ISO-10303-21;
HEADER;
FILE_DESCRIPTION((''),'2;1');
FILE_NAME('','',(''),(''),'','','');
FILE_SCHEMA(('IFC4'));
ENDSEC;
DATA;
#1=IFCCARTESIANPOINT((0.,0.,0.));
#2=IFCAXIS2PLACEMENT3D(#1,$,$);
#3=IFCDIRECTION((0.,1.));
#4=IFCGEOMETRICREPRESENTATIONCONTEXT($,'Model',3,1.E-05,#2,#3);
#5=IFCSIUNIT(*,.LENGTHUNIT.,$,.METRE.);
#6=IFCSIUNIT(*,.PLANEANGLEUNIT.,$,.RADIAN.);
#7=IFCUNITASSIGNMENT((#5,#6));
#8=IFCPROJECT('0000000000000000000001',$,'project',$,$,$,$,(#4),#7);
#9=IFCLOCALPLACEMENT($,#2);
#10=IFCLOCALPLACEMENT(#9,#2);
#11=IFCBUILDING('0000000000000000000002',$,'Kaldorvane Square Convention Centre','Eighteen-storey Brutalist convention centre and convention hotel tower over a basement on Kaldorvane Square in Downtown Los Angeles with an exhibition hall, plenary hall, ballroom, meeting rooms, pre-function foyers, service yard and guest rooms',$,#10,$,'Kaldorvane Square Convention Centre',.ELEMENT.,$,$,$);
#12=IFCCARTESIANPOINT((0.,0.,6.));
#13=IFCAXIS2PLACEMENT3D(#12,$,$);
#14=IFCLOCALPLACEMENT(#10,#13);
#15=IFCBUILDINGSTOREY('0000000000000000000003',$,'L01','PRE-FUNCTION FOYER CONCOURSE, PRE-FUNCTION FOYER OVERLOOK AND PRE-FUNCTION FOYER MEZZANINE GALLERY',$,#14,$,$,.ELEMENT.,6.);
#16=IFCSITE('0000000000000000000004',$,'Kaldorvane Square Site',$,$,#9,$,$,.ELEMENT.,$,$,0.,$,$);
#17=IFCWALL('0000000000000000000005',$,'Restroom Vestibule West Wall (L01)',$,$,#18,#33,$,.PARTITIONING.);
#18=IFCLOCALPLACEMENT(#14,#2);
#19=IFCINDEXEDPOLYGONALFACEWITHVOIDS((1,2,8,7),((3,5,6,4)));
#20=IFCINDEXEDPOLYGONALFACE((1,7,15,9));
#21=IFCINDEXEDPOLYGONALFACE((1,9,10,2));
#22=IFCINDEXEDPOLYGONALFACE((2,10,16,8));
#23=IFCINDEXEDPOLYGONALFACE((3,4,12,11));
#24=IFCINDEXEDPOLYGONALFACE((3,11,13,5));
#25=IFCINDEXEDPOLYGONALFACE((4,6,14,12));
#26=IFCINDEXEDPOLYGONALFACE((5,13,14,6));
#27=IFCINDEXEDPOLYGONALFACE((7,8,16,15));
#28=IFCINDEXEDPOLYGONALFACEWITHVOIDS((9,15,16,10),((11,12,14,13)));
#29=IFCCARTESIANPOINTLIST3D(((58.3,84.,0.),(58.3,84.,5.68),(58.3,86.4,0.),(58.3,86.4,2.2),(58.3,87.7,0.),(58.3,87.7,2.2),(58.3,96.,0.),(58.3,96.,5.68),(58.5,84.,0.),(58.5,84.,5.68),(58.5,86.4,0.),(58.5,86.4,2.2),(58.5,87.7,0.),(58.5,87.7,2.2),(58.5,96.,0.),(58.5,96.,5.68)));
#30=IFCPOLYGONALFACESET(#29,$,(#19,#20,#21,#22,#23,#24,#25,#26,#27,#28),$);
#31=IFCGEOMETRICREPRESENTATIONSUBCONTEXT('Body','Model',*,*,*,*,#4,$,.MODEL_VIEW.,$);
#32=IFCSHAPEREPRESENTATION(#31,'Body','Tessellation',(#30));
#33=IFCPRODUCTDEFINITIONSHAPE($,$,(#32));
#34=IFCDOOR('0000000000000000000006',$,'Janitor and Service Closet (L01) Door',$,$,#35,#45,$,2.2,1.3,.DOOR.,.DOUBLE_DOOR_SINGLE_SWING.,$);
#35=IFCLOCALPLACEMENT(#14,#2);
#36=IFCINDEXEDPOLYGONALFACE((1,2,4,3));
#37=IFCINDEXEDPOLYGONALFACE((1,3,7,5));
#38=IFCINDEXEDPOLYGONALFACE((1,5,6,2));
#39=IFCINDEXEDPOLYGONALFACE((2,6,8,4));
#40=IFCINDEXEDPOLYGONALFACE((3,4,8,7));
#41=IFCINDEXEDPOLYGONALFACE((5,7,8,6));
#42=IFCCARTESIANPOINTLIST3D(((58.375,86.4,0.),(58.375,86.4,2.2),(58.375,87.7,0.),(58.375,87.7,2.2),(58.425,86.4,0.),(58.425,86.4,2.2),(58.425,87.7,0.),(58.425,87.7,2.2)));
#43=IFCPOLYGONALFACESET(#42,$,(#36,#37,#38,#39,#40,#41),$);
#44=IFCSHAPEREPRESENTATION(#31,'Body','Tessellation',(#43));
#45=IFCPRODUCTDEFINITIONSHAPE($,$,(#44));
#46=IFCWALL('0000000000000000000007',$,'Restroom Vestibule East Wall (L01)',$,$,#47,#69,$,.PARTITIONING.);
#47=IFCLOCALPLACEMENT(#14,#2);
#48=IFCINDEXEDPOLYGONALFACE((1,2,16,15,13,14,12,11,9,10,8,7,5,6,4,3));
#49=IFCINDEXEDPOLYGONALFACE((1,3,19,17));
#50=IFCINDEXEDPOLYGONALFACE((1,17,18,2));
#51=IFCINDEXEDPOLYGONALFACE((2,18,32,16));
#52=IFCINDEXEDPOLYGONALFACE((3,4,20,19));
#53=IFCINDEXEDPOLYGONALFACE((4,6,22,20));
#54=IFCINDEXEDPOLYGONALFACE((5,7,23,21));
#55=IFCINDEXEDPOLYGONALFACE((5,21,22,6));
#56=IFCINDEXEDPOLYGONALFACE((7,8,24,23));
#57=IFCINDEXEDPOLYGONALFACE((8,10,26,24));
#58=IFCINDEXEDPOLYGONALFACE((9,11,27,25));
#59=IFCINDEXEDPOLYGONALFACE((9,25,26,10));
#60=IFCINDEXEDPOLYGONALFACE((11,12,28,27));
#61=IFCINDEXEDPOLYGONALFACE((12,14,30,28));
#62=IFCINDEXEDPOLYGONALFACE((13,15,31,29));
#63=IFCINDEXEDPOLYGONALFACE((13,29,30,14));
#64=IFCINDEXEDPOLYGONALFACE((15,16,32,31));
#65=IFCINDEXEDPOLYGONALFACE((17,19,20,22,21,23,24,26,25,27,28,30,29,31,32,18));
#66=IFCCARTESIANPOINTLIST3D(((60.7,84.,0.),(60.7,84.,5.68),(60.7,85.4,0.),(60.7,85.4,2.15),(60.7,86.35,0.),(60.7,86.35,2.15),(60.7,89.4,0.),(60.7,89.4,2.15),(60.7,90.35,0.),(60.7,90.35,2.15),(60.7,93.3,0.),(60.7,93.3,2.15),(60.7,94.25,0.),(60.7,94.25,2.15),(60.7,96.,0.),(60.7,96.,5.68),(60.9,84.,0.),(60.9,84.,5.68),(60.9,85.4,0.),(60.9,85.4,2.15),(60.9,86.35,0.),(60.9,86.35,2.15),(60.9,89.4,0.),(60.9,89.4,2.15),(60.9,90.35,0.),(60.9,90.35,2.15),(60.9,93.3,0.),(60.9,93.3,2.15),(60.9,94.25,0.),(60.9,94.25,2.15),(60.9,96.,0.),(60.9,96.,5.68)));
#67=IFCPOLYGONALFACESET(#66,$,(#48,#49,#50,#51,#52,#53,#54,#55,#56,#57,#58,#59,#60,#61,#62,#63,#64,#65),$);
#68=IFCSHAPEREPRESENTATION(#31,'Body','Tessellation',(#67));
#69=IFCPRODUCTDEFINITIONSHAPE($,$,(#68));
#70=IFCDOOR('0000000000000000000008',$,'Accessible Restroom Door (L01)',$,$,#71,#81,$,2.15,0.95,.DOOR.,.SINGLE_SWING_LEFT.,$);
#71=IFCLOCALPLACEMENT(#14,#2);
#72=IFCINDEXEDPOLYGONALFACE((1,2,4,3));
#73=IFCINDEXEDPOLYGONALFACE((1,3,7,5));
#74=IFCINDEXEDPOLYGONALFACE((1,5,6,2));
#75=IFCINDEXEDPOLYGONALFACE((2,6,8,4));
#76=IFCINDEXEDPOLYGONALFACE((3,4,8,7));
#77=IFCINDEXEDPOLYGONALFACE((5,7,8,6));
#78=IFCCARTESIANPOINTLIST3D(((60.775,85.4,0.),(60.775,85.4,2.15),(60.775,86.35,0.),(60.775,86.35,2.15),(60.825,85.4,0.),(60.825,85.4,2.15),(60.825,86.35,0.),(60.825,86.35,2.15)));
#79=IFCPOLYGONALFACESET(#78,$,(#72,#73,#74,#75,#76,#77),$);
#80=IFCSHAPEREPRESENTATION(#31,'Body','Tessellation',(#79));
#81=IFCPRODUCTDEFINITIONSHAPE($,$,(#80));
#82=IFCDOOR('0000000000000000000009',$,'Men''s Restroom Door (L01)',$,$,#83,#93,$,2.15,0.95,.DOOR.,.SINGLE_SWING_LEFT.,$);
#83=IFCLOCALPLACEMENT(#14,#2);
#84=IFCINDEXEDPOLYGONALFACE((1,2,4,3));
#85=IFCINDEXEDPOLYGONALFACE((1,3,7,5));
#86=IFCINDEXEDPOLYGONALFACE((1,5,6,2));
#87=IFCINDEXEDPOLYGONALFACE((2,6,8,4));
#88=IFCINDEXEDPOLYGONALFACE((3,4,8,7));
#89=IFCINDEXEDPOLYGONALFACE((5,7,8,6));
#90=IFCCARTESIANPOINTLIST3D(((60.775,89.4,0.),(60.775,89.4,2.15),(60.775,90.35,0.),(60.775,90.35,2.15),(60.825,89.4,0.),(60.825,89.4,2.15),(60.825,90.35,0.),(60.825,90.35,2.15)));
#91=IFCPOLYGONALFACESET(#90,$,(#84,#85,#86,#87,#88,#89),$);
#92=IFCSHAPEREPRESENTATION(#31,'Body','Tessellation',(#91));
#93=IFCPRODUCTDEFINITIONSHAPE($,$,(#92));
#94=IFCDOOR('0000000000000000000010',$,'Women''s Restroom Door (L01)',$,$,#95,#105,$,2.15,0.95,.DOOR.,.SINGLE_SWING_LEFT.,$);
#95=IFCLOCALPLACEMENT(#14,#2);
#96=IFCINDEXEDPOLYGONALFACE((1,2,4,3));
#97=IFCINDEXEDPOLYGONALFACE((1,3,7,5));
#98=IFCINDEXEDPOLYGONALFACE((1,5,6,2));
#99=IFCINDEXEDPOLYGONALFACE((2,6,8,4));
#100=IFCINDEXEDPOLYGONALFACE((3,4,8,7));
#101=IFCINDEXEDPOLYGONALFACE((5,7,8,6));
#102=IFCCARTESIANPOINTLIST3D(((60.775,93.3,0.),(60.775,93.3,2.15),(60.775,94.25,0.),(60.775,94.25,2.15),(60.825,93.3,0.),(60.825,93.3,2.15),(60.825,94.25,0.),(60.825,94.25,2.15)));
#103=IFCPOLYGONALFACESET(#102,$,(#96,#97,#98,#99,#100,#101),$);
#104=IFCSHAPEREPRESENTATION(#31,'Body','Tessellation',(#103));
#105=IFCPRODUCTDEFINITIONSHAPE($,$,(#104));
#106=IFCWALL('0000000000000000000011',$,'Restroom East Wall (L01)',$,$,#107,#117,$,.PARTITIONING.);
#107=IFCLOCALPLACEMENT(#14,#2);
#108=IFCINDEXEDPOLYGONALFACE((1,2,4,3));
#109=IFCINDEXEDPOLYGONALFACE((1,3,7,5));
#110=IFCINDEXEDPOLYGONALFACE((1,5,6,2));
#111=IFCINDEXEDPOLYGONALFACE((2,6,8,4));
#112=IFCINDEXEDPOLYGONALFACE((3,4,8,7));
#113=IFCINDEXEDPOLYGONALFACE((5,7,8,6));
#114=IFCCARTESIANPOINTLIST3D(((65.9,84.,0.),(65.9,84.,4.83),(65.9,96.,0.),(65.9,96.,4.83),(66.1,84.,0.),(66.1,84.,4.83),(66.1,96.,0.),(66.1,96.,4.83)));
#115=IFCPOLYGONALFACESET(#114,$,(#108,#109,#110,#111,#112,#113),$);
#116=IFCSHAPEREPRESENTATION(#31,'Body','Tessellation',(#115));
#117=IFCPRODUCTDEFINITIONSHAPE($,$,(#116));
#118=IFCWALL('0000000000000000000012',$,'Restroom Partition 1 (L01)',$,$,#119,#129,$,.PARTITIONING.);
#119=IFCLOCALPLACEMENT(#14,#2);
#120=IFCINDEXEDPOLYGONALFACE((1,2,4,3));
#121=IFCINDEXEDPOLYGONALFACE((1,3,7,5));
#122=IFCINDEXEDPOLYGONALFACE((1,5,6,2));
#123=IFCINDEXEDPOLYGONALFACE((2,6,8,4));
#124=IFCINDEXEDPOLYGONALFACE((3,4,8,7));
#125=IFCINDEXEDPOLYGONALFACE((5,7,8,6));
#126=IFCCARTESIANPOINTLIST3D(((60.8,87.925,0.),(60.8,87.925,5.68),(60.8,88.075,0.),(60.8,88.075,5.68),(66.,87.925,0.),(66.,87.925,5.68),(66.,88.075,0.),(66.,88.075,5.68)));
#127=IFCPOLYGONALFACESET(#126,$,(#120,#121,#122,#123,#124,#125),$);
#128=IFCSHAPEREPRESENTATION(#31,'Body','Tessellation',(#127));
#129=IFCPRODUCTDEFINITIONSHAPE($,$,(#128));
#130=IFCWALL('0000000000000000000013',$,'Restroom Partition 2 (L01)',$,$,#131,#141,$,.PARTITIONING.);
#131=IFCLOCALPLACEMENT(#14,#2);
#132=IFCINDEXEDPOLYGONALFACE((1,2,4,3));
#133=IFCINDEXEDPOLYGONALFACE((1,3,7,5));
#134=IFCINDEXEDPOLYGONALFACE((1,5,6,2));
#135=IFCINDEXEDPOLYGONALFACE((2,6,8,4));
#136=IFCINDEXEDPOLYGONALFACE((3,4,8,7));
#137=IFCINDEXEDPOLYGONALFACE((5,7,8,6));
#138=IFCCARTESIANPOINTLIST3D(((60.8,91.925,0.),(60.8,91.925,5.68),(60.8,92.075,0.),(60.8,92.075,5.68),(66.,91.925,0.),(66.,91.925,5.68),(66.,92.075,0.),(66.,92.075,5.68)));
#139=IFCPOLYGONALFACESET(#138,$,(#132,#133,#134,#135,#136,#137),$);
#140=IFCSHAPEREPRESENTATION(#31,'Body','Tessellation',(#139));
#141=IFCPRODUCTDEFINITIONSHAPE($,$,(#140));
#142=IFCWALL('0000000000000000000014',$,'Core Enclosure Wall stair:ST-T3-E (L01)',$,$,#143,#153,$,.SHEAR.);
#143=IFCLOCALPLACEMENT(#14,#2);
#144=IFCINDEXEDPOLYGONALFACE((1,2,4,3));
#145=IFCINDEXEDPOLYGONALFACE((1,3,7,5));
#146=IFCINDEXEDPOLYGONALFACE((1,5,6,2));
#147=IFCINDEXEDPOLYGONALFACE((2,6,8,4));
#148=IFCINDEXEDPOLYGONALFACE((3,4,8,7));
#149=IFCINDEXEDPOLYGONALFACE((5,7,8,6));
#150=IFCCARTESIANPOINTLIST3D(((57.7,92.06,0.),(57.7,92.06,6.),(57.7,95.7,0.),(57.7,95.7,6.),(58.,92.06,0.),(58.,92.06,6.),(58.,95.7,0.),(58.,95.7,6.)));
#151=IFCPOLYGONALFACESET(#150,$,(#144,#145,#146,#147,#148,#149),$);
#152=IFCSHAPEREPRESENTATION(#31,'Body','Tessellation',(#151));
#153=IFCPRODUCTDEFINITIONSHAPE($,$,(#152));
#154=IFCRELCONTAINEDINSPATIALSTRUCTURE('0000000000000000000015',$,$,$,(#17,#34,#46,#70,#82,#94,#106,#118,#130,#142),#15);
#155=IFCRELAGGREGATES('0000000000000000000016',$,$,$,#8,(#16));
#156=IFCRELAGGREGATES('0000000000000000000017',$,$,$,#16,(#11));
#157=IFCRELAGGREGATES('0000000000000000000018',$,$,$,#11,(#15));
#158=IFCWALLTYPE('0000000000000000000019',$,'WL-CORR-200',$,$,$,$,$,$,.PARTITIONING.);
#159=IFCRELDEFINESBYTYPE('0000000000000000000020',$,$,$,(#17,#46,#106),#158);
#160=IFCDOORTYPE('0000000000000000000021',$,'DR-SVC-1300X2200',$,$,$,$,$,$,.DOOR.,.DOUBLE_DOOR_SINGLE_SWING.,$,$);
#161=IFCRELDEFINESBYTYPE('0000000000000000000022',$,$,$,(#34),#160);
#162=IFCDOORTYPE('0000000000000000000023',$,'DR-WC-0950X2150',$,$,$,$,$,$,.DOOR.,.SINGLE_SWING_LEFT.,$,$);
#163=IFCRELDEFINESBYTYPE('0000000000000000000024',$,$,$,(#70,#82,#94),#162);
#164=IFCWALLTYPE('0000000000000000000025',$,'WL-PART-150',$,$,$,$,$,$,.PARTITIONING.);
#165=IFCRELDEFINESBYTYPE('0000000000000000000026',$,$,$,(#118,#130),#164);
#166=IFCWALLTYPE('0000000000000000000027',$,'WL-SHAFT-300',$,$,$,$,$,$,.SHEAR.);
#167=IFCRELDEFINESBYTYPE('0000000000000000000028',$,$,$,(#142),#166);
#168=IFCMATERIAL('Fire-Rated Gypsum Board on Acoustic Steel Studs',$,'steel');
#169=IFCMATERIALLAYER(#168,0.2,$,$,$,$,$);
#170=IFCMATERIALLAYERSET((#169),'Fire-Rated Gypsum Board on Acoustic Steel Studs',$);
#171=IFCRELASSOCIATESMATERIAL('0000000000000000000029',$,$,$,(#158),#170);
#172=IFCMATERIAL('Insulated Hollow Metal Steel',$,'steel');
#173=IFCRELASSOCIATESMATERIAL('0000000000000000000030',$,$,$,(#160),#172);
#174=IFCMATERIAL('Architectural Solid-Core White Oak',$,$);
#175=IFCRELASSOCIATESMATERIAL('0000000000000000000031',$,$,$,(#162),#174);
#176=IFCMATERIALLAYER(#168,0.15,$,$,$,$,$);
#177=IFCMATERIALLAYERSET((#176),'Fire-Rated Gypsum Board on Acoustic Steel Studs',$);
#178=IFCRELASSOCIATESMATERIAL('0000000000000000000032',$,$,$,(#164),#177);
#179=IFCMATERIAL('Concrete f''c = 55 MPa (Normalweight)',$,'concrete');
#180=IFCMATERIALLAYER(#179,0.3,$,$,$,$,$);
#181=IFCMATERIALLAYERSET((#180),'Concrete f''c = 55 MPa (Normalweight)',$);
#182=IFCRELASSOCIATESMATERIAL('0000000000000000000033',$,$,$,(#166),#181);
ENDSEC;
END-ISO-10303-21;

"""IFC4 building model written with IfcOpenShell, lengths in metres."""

from ifc_helpers import new_model, si_unit, direction, frame, frame_2d, origin, place, context, subcontext, project, spatial, rectangle, extrude, material, layer, layer_set, type_object, element, fill, save


model = new_model("IFC4")

# Units and contexts
model_context = context("Model", 3, precision=1e-05, world=origin(), true_north=direction((0.0, 1.0)))
body_context = subcontext(model_context, "Body", "Model", "MODEL_VIEW")
ifc_project = project(units=[si_unit("LENGTHUNIT", "METRE"), si_unit("PLANEANGLEUNIT", "RADIAN")], contexts=[model_context])

# Site, building, storey
site_placement = place(None, origin())
site = spatial("IfcSite", under=ifc_project, at=site_placement, Name="Kaldorvane Square Site", CompositionType="ELEMENT", RefElevation=0.0)
building_placement = place(site_placement, origin())
building = spatial("IfcBuilding", under=site, at=building_placement, Name="Kaldorvane Square Convention Centre", Description="Eighteen-storey Brutalist convention centre and convention hotel tower over a basement on Kaldorvane Square in Downtown Los Angeles with an exhibition hall, plenary hall, ballroom, meeting rooms, pre-function foyers, service yard and guest rooms", LongName="Kaldorvane Square Convention Centre", CompositionType="ELEMENT")
storey_placement = place(building_placement, frame((0.0, 0.0, 6.0)))
storey = spatial("IfcBuildingStorey", under=building, at=storey_placement, Name="L01", Description="PRE-FUNCTION FOYER CONCOURSE, PRE-FUNCTION FOYER OVERLOOK AND PRE-FUNCTION FOYER MEZZANINE GALLERY", CompositionType="ELEMENT", Elevation=6.0)

# Shared definitions
ifc_material_1 = material(Name="Concrete f'c = 55 MPa (Normalweight)", Category="concrete")

# Wall, opening, door
ifc_material_2 = material(Name="Fire-Rated Gypsum Board on Acoustic Steel Studs", Category="steel")
ifc_layer_1 = layer(ifc_material_2, 0.2)
ifc_layer_set_1 = layer_set([ifc_layer_1], Name="Fire-Rated Gypsum Board on Acoustic Steel Studs")
wall_type_1 = type_object("IfcWallType", Name="WL-CORR-200", PredefinedType="PARTITIONING", material=ifc_layer_set_1)
wall_1_placement = place(storey_placement, frame((58.4, 84.0, 0.0), z_axis=(0.0, 0.0, 1.0), x_axis=(0.0, 1.0, 0.0)))
wall_1 = element("IfcWall", 1, at=wall_1_placement, inside=storey, type_object=wall_type_1, Name="Restroom Vestibule West Wall (L01)", PredefinedType="PARTITIONING", context=body_context, shape_type="SweptSolid", body=[
    extrude(rectangle(XDim=12.0, YDim=0.2, at=frame_2d((6.0, 0.0))), origin(), (0.0, 0.0, 1.0), 5.68),
])
opening_1_placement = place(wall_1_placement, frame((2.4, 0.0, 0.0)))
opening_1 = element("IfcOpeningElement", 2, at=opening_1_placement, cuts=wall_1, PredefinedType="OPENING", context=body_context, shape_type="SweptSolid", body=[
    extrude(rectangle(XDim=1.3, YDim=2.2, at=frame_2d((0.65, 1.1))), frame((0.0, 0.115, 0.0), z_axis=(0.0, -1.0, 0.0), x_axis=(1.0, 0.0, 0.0)), (0.0, 0.0, 1.0), 0.23),
])
ifc_material_3 = material(Name="Insulated Hollow Metal Steel", Category="steel")
door_type_1 = type_object("IfcDoorType", Name="DR-SVC-1300X2200", OperationType="DOUBLE_DOOR_SINGLE_SWING", PredefinedType="DOOR", material=ifc_material_3)
door_1_placement = place(opening_1_placement, origin())
door_1 = element("IfcDoor", 3, at=door_1_placement, inside=storey, type_object=door_type_1, Name="Janitor and Service Closet (L01) Door", OperationType="DOUBLE_DOOR_SINGLE_SWING", OverallHeight=2.2, OverallWidth=1.3, PredefinedType="DOOR", context=body_context, shape_type="SweptSolid", body=[
    extrude(rectangle(XDim=1.3, YDim=2.2, at=frame_2d((0.65, 1.1))), frame((0.0, 0.025, 0.0), z_axis=(0.0, -1.0, 0.0), x_axis=(1.0, 0.0, 0.0)), (0.0, 0.0, 1.0), 0.05),
])
fill(opening_1, door_1)

# Wall, openings, doors
wall_2_placement = place(storey_placement, frame((60.8, 84.0, 0.0), z_axis=(0.0, 0.0, 1.0), x_axis=(0.0, 1.0, 0.0)))
wall_2 = element("IfcWall", 4, at=wall_2_placement, inside=storey, type_object=wall_type_1, Name="Restroom Vestibule East Wall (L01)", PredefinedType="PARTITIONING", context=body_context, shape_type="SweptSolid", body=[
    extrude(rectangle(XDim=12.0, YDim=0.2, at=frame_2d((6.0, 0.0))), origin(), (0.0, 0.0, 1.0), 5.68),
])
opening_2_placement = place(wall_2_placement, frame((1.4, 0.0, 0.0)))
opening_2 = element("IfcOpeningElement", 5, at=opening_2_placement, cuts=wall_2, PredefinedType="OPENING", context=body_context, shape_type="SweptSolid", body=[
    extrude(rectangle(XDim=0.95, YDim=2.15, at=frame_2d((0.475, 1.075))), frame((0.0, 0.115, 0.0), z_axis=(0.0, -1.0, 0.0), x_axis=(1.0, 0.0, 0.0)), (0.0, 0.0, 1.0), 0.23),
])
opening_3_placement = place(wall_2_placement, frame((5.4, 0.0, 0.0)))
opening_3 = element("IfcOpeningElement", 6, at=opening_3_placement, cuts=wall_2, PredefinedType="OPENING", context=body_context, shape_type="SweptSolid", body=[
    extrude(rectangle(XDim=0.95, YDim=2.15, at=frame_2d((0.475, 1.075))), frame((0.0, 0.115, 0.0), z_axis=(0.0, -1.0, 0.0), x_axis=(1.0, 0.0, 0.0)), (0.0, 0.0, 1.0), 0.23),
])
opening_4_placement = place(wall_2_placement, frame((9.3, 0.0, 0.0)))
opening_4 = element("IfcOpeningElement", 7, at=opening_4_placement, cuts=wall_2, PredefinedType="OPENING", context=body_context, shape_type="SweptSolid", body=[
    extrude(rectangle(XDim=0.95, YDim=2.15, at=frame_2d((0.475, 1.075))), frame((0.0, 0.115, 0.0), z_axis=(0.0, -1.0, 0.0), x_axis=(1.0, 0.0, 0.0)), (0.0, 0.0, 1.0), 0.23),
])
ifc_material_4 = material(Name="Architectural Solid-Core White Oak")
door_type_2 = type_object("IfcDoorType", Name="DR-WC-0950X2150", OperationType="SINGLE_SWING_LEFT", PredefinedType="DOOR", material=ifc_material_4)
door_2_placement = place(opening_2_placement, origin())
door_2 = element("IfcDoor", 8, at=door_2_placement, inside=storey, type_object=door_type_2, Name="Accessible Restroom Door (L01)", OperationType="SINGLE_SWING_LEFT", OverallHeight=2.15, OverallWidth=0.95, PredefinedType="DOOR", context=body_context, shape_type="SweptSolid", body=[
    extrude(rectangle(XDim=0.95, YDim=2.15, at=frame_2d((0.475, 1.075))), frame((0.0, 0.025, 0.0), z_axis=(0.0, -1.0, 0.0), x_axis=(1.0, 0.0, 0.0)), (0.0, 0.0, 1.0), 0.05),
])
fill(opening_2, door_2)
door_3_placement = place(opening_3_placement, origin())
door_3 = element("IfcDoor", 9, at=door_3_placement, inside=storey, type_object=door_type_2, Name="Men's Restroom Door (L01)", OperationType="SINGLE_SWING_LEFT", OverallHeight=2.15, OverallWidth=0.95, PredefinedType="DOOR", context=body_context, shape_type="SweptSolid", body=[
    extrude(rectangle(XDim=0.95, YDim=2.15, at=frame_2d((0.475, 1.075))), frame((0.0, 0.025, 0.0), z_axis=(0.0, -1.0, 0.0), x_axis=(1.0, 0.0, 0.0)), (0.0, 0.0, 1.0), 0.05),
])
fill(opening_3, door_3)
door_4_placement = place(opening_4_placement, origin())
door_4 = element("IfcDoor", 10, at=door_4_placement, inside=storey, type_object=door_type_2, Name="Women's Restroom Door (L01)", OperationType="SINGLE_SWING_LEFT", OverallHeight=2.15, OverallWidth=0.95, PredefinedType="DOOR", context=body_context, shape_type="SweptSolid", body=[
    extrude(rectangle(XDim=0.95, YDim=2.15, at=frame_2d((0.475, 1.075))), frame((0.0, 0.025, 0.0), z_axis=(0.0, -1.0, 0.0), x_axis=(1.0, 0.0, 0.0)), (0.0, 0.0, 1.0), 0.05),
])
fill(opening_4, door_4)

# Walls
wall_3_placement = place(storey_placement, frame((66.0, 84.0, 0.0), z_axis=(0.0, 0.0, 1.0), x_axis=(0.0, 1.0, 0.0)))
element("IfcWall", 11, at=wall_3_placement, inside=storey, type_object=wall_type_1, Name="Restroom East Wall (L01)", PredefinedType="PARTITIONING", context=body_context, shape_type="SweptSolid", body=[
    extrude(rectangle(XDim=12.0, YDim=0.2, at=frame_2d((6.0, 0.0))), origin(), (0.0, 0.0, 1.0), 4.83),
])
ifc_layer_2 = layer(ifc_material_2, 0.15)
ifc_layer_set_2 = layer_set([ifc_layer_2], Name="Fire-Rated Gypsum Board on Acoustic Steel Studs")
wall_type_2 = type_object("IfcWallType", Name="WL-PART-150", PredefinedType="PARTITIONING", material=ifc_layer_set_2)
for number, where, z_axis, x_axis, name in (
    (12, (60.8, 88.0, 0.0), (0.0, 0.0, 1.0), (1.0, 0.0, 0.0), "Restroom Partition 1 (L01)"),
    (13, (60.8, 92.0, 0.0), (0.0, 0.0, 1.0), (1.0, 0.0, 0.0), "Restroom Partition 2 (L01)"),
):
    element("IfcWall", number, at=place(storey_placement, frame(where, z_axis=z_axis, x_axis=x_axis)), inside=storey, type_object=wall_type_2, Name=name, PredefinedType="PARTITIONING", context=body_context, shape_type="SweptSolid", body=[
        extrude(rectangle(XDim=5.2, YDim=0.15, at=frame_2d((2.6, 0.0))), origin(), (0.0, 0.0, 1.0), 5.68),
    ])
ifc_layer_3 = layer(ifc_material_1, 0.3)
ifc_layer_set_3 = layer_set([ifc_layer_3], Name="Concrete f'c = 55 MPa (Normalweight)")
wall_type_3 = type_object("IfcWallType", Name="WL-SHAFT-300", PredefinedType="SHEAR", material=ifc_layer_set_3)
wall_4_placement = place(storey_placement, frame((57.85, 92.06, 0.0), z_axis=(0.0, 0.0, 1.0), x_axis=(0.0, 1.0, 0.0)))
element("IfcWall", 14, at=wall_4_placement, inside=storey, type_object=wall_type_3, Name="Core Enclosure Wall stair:ST-T3-E (L01)", PredefinedType="SHEAR", context=body_context, shape_type="SweptSolid", body=[
    extrude(rectangle(XDim=3.64, YDim=0.3, at=frame_2d((1.82, 0.0))), origin(), (0.0, 0.0, 1.0), 6.0),
])

save(model, "model.ifc")
